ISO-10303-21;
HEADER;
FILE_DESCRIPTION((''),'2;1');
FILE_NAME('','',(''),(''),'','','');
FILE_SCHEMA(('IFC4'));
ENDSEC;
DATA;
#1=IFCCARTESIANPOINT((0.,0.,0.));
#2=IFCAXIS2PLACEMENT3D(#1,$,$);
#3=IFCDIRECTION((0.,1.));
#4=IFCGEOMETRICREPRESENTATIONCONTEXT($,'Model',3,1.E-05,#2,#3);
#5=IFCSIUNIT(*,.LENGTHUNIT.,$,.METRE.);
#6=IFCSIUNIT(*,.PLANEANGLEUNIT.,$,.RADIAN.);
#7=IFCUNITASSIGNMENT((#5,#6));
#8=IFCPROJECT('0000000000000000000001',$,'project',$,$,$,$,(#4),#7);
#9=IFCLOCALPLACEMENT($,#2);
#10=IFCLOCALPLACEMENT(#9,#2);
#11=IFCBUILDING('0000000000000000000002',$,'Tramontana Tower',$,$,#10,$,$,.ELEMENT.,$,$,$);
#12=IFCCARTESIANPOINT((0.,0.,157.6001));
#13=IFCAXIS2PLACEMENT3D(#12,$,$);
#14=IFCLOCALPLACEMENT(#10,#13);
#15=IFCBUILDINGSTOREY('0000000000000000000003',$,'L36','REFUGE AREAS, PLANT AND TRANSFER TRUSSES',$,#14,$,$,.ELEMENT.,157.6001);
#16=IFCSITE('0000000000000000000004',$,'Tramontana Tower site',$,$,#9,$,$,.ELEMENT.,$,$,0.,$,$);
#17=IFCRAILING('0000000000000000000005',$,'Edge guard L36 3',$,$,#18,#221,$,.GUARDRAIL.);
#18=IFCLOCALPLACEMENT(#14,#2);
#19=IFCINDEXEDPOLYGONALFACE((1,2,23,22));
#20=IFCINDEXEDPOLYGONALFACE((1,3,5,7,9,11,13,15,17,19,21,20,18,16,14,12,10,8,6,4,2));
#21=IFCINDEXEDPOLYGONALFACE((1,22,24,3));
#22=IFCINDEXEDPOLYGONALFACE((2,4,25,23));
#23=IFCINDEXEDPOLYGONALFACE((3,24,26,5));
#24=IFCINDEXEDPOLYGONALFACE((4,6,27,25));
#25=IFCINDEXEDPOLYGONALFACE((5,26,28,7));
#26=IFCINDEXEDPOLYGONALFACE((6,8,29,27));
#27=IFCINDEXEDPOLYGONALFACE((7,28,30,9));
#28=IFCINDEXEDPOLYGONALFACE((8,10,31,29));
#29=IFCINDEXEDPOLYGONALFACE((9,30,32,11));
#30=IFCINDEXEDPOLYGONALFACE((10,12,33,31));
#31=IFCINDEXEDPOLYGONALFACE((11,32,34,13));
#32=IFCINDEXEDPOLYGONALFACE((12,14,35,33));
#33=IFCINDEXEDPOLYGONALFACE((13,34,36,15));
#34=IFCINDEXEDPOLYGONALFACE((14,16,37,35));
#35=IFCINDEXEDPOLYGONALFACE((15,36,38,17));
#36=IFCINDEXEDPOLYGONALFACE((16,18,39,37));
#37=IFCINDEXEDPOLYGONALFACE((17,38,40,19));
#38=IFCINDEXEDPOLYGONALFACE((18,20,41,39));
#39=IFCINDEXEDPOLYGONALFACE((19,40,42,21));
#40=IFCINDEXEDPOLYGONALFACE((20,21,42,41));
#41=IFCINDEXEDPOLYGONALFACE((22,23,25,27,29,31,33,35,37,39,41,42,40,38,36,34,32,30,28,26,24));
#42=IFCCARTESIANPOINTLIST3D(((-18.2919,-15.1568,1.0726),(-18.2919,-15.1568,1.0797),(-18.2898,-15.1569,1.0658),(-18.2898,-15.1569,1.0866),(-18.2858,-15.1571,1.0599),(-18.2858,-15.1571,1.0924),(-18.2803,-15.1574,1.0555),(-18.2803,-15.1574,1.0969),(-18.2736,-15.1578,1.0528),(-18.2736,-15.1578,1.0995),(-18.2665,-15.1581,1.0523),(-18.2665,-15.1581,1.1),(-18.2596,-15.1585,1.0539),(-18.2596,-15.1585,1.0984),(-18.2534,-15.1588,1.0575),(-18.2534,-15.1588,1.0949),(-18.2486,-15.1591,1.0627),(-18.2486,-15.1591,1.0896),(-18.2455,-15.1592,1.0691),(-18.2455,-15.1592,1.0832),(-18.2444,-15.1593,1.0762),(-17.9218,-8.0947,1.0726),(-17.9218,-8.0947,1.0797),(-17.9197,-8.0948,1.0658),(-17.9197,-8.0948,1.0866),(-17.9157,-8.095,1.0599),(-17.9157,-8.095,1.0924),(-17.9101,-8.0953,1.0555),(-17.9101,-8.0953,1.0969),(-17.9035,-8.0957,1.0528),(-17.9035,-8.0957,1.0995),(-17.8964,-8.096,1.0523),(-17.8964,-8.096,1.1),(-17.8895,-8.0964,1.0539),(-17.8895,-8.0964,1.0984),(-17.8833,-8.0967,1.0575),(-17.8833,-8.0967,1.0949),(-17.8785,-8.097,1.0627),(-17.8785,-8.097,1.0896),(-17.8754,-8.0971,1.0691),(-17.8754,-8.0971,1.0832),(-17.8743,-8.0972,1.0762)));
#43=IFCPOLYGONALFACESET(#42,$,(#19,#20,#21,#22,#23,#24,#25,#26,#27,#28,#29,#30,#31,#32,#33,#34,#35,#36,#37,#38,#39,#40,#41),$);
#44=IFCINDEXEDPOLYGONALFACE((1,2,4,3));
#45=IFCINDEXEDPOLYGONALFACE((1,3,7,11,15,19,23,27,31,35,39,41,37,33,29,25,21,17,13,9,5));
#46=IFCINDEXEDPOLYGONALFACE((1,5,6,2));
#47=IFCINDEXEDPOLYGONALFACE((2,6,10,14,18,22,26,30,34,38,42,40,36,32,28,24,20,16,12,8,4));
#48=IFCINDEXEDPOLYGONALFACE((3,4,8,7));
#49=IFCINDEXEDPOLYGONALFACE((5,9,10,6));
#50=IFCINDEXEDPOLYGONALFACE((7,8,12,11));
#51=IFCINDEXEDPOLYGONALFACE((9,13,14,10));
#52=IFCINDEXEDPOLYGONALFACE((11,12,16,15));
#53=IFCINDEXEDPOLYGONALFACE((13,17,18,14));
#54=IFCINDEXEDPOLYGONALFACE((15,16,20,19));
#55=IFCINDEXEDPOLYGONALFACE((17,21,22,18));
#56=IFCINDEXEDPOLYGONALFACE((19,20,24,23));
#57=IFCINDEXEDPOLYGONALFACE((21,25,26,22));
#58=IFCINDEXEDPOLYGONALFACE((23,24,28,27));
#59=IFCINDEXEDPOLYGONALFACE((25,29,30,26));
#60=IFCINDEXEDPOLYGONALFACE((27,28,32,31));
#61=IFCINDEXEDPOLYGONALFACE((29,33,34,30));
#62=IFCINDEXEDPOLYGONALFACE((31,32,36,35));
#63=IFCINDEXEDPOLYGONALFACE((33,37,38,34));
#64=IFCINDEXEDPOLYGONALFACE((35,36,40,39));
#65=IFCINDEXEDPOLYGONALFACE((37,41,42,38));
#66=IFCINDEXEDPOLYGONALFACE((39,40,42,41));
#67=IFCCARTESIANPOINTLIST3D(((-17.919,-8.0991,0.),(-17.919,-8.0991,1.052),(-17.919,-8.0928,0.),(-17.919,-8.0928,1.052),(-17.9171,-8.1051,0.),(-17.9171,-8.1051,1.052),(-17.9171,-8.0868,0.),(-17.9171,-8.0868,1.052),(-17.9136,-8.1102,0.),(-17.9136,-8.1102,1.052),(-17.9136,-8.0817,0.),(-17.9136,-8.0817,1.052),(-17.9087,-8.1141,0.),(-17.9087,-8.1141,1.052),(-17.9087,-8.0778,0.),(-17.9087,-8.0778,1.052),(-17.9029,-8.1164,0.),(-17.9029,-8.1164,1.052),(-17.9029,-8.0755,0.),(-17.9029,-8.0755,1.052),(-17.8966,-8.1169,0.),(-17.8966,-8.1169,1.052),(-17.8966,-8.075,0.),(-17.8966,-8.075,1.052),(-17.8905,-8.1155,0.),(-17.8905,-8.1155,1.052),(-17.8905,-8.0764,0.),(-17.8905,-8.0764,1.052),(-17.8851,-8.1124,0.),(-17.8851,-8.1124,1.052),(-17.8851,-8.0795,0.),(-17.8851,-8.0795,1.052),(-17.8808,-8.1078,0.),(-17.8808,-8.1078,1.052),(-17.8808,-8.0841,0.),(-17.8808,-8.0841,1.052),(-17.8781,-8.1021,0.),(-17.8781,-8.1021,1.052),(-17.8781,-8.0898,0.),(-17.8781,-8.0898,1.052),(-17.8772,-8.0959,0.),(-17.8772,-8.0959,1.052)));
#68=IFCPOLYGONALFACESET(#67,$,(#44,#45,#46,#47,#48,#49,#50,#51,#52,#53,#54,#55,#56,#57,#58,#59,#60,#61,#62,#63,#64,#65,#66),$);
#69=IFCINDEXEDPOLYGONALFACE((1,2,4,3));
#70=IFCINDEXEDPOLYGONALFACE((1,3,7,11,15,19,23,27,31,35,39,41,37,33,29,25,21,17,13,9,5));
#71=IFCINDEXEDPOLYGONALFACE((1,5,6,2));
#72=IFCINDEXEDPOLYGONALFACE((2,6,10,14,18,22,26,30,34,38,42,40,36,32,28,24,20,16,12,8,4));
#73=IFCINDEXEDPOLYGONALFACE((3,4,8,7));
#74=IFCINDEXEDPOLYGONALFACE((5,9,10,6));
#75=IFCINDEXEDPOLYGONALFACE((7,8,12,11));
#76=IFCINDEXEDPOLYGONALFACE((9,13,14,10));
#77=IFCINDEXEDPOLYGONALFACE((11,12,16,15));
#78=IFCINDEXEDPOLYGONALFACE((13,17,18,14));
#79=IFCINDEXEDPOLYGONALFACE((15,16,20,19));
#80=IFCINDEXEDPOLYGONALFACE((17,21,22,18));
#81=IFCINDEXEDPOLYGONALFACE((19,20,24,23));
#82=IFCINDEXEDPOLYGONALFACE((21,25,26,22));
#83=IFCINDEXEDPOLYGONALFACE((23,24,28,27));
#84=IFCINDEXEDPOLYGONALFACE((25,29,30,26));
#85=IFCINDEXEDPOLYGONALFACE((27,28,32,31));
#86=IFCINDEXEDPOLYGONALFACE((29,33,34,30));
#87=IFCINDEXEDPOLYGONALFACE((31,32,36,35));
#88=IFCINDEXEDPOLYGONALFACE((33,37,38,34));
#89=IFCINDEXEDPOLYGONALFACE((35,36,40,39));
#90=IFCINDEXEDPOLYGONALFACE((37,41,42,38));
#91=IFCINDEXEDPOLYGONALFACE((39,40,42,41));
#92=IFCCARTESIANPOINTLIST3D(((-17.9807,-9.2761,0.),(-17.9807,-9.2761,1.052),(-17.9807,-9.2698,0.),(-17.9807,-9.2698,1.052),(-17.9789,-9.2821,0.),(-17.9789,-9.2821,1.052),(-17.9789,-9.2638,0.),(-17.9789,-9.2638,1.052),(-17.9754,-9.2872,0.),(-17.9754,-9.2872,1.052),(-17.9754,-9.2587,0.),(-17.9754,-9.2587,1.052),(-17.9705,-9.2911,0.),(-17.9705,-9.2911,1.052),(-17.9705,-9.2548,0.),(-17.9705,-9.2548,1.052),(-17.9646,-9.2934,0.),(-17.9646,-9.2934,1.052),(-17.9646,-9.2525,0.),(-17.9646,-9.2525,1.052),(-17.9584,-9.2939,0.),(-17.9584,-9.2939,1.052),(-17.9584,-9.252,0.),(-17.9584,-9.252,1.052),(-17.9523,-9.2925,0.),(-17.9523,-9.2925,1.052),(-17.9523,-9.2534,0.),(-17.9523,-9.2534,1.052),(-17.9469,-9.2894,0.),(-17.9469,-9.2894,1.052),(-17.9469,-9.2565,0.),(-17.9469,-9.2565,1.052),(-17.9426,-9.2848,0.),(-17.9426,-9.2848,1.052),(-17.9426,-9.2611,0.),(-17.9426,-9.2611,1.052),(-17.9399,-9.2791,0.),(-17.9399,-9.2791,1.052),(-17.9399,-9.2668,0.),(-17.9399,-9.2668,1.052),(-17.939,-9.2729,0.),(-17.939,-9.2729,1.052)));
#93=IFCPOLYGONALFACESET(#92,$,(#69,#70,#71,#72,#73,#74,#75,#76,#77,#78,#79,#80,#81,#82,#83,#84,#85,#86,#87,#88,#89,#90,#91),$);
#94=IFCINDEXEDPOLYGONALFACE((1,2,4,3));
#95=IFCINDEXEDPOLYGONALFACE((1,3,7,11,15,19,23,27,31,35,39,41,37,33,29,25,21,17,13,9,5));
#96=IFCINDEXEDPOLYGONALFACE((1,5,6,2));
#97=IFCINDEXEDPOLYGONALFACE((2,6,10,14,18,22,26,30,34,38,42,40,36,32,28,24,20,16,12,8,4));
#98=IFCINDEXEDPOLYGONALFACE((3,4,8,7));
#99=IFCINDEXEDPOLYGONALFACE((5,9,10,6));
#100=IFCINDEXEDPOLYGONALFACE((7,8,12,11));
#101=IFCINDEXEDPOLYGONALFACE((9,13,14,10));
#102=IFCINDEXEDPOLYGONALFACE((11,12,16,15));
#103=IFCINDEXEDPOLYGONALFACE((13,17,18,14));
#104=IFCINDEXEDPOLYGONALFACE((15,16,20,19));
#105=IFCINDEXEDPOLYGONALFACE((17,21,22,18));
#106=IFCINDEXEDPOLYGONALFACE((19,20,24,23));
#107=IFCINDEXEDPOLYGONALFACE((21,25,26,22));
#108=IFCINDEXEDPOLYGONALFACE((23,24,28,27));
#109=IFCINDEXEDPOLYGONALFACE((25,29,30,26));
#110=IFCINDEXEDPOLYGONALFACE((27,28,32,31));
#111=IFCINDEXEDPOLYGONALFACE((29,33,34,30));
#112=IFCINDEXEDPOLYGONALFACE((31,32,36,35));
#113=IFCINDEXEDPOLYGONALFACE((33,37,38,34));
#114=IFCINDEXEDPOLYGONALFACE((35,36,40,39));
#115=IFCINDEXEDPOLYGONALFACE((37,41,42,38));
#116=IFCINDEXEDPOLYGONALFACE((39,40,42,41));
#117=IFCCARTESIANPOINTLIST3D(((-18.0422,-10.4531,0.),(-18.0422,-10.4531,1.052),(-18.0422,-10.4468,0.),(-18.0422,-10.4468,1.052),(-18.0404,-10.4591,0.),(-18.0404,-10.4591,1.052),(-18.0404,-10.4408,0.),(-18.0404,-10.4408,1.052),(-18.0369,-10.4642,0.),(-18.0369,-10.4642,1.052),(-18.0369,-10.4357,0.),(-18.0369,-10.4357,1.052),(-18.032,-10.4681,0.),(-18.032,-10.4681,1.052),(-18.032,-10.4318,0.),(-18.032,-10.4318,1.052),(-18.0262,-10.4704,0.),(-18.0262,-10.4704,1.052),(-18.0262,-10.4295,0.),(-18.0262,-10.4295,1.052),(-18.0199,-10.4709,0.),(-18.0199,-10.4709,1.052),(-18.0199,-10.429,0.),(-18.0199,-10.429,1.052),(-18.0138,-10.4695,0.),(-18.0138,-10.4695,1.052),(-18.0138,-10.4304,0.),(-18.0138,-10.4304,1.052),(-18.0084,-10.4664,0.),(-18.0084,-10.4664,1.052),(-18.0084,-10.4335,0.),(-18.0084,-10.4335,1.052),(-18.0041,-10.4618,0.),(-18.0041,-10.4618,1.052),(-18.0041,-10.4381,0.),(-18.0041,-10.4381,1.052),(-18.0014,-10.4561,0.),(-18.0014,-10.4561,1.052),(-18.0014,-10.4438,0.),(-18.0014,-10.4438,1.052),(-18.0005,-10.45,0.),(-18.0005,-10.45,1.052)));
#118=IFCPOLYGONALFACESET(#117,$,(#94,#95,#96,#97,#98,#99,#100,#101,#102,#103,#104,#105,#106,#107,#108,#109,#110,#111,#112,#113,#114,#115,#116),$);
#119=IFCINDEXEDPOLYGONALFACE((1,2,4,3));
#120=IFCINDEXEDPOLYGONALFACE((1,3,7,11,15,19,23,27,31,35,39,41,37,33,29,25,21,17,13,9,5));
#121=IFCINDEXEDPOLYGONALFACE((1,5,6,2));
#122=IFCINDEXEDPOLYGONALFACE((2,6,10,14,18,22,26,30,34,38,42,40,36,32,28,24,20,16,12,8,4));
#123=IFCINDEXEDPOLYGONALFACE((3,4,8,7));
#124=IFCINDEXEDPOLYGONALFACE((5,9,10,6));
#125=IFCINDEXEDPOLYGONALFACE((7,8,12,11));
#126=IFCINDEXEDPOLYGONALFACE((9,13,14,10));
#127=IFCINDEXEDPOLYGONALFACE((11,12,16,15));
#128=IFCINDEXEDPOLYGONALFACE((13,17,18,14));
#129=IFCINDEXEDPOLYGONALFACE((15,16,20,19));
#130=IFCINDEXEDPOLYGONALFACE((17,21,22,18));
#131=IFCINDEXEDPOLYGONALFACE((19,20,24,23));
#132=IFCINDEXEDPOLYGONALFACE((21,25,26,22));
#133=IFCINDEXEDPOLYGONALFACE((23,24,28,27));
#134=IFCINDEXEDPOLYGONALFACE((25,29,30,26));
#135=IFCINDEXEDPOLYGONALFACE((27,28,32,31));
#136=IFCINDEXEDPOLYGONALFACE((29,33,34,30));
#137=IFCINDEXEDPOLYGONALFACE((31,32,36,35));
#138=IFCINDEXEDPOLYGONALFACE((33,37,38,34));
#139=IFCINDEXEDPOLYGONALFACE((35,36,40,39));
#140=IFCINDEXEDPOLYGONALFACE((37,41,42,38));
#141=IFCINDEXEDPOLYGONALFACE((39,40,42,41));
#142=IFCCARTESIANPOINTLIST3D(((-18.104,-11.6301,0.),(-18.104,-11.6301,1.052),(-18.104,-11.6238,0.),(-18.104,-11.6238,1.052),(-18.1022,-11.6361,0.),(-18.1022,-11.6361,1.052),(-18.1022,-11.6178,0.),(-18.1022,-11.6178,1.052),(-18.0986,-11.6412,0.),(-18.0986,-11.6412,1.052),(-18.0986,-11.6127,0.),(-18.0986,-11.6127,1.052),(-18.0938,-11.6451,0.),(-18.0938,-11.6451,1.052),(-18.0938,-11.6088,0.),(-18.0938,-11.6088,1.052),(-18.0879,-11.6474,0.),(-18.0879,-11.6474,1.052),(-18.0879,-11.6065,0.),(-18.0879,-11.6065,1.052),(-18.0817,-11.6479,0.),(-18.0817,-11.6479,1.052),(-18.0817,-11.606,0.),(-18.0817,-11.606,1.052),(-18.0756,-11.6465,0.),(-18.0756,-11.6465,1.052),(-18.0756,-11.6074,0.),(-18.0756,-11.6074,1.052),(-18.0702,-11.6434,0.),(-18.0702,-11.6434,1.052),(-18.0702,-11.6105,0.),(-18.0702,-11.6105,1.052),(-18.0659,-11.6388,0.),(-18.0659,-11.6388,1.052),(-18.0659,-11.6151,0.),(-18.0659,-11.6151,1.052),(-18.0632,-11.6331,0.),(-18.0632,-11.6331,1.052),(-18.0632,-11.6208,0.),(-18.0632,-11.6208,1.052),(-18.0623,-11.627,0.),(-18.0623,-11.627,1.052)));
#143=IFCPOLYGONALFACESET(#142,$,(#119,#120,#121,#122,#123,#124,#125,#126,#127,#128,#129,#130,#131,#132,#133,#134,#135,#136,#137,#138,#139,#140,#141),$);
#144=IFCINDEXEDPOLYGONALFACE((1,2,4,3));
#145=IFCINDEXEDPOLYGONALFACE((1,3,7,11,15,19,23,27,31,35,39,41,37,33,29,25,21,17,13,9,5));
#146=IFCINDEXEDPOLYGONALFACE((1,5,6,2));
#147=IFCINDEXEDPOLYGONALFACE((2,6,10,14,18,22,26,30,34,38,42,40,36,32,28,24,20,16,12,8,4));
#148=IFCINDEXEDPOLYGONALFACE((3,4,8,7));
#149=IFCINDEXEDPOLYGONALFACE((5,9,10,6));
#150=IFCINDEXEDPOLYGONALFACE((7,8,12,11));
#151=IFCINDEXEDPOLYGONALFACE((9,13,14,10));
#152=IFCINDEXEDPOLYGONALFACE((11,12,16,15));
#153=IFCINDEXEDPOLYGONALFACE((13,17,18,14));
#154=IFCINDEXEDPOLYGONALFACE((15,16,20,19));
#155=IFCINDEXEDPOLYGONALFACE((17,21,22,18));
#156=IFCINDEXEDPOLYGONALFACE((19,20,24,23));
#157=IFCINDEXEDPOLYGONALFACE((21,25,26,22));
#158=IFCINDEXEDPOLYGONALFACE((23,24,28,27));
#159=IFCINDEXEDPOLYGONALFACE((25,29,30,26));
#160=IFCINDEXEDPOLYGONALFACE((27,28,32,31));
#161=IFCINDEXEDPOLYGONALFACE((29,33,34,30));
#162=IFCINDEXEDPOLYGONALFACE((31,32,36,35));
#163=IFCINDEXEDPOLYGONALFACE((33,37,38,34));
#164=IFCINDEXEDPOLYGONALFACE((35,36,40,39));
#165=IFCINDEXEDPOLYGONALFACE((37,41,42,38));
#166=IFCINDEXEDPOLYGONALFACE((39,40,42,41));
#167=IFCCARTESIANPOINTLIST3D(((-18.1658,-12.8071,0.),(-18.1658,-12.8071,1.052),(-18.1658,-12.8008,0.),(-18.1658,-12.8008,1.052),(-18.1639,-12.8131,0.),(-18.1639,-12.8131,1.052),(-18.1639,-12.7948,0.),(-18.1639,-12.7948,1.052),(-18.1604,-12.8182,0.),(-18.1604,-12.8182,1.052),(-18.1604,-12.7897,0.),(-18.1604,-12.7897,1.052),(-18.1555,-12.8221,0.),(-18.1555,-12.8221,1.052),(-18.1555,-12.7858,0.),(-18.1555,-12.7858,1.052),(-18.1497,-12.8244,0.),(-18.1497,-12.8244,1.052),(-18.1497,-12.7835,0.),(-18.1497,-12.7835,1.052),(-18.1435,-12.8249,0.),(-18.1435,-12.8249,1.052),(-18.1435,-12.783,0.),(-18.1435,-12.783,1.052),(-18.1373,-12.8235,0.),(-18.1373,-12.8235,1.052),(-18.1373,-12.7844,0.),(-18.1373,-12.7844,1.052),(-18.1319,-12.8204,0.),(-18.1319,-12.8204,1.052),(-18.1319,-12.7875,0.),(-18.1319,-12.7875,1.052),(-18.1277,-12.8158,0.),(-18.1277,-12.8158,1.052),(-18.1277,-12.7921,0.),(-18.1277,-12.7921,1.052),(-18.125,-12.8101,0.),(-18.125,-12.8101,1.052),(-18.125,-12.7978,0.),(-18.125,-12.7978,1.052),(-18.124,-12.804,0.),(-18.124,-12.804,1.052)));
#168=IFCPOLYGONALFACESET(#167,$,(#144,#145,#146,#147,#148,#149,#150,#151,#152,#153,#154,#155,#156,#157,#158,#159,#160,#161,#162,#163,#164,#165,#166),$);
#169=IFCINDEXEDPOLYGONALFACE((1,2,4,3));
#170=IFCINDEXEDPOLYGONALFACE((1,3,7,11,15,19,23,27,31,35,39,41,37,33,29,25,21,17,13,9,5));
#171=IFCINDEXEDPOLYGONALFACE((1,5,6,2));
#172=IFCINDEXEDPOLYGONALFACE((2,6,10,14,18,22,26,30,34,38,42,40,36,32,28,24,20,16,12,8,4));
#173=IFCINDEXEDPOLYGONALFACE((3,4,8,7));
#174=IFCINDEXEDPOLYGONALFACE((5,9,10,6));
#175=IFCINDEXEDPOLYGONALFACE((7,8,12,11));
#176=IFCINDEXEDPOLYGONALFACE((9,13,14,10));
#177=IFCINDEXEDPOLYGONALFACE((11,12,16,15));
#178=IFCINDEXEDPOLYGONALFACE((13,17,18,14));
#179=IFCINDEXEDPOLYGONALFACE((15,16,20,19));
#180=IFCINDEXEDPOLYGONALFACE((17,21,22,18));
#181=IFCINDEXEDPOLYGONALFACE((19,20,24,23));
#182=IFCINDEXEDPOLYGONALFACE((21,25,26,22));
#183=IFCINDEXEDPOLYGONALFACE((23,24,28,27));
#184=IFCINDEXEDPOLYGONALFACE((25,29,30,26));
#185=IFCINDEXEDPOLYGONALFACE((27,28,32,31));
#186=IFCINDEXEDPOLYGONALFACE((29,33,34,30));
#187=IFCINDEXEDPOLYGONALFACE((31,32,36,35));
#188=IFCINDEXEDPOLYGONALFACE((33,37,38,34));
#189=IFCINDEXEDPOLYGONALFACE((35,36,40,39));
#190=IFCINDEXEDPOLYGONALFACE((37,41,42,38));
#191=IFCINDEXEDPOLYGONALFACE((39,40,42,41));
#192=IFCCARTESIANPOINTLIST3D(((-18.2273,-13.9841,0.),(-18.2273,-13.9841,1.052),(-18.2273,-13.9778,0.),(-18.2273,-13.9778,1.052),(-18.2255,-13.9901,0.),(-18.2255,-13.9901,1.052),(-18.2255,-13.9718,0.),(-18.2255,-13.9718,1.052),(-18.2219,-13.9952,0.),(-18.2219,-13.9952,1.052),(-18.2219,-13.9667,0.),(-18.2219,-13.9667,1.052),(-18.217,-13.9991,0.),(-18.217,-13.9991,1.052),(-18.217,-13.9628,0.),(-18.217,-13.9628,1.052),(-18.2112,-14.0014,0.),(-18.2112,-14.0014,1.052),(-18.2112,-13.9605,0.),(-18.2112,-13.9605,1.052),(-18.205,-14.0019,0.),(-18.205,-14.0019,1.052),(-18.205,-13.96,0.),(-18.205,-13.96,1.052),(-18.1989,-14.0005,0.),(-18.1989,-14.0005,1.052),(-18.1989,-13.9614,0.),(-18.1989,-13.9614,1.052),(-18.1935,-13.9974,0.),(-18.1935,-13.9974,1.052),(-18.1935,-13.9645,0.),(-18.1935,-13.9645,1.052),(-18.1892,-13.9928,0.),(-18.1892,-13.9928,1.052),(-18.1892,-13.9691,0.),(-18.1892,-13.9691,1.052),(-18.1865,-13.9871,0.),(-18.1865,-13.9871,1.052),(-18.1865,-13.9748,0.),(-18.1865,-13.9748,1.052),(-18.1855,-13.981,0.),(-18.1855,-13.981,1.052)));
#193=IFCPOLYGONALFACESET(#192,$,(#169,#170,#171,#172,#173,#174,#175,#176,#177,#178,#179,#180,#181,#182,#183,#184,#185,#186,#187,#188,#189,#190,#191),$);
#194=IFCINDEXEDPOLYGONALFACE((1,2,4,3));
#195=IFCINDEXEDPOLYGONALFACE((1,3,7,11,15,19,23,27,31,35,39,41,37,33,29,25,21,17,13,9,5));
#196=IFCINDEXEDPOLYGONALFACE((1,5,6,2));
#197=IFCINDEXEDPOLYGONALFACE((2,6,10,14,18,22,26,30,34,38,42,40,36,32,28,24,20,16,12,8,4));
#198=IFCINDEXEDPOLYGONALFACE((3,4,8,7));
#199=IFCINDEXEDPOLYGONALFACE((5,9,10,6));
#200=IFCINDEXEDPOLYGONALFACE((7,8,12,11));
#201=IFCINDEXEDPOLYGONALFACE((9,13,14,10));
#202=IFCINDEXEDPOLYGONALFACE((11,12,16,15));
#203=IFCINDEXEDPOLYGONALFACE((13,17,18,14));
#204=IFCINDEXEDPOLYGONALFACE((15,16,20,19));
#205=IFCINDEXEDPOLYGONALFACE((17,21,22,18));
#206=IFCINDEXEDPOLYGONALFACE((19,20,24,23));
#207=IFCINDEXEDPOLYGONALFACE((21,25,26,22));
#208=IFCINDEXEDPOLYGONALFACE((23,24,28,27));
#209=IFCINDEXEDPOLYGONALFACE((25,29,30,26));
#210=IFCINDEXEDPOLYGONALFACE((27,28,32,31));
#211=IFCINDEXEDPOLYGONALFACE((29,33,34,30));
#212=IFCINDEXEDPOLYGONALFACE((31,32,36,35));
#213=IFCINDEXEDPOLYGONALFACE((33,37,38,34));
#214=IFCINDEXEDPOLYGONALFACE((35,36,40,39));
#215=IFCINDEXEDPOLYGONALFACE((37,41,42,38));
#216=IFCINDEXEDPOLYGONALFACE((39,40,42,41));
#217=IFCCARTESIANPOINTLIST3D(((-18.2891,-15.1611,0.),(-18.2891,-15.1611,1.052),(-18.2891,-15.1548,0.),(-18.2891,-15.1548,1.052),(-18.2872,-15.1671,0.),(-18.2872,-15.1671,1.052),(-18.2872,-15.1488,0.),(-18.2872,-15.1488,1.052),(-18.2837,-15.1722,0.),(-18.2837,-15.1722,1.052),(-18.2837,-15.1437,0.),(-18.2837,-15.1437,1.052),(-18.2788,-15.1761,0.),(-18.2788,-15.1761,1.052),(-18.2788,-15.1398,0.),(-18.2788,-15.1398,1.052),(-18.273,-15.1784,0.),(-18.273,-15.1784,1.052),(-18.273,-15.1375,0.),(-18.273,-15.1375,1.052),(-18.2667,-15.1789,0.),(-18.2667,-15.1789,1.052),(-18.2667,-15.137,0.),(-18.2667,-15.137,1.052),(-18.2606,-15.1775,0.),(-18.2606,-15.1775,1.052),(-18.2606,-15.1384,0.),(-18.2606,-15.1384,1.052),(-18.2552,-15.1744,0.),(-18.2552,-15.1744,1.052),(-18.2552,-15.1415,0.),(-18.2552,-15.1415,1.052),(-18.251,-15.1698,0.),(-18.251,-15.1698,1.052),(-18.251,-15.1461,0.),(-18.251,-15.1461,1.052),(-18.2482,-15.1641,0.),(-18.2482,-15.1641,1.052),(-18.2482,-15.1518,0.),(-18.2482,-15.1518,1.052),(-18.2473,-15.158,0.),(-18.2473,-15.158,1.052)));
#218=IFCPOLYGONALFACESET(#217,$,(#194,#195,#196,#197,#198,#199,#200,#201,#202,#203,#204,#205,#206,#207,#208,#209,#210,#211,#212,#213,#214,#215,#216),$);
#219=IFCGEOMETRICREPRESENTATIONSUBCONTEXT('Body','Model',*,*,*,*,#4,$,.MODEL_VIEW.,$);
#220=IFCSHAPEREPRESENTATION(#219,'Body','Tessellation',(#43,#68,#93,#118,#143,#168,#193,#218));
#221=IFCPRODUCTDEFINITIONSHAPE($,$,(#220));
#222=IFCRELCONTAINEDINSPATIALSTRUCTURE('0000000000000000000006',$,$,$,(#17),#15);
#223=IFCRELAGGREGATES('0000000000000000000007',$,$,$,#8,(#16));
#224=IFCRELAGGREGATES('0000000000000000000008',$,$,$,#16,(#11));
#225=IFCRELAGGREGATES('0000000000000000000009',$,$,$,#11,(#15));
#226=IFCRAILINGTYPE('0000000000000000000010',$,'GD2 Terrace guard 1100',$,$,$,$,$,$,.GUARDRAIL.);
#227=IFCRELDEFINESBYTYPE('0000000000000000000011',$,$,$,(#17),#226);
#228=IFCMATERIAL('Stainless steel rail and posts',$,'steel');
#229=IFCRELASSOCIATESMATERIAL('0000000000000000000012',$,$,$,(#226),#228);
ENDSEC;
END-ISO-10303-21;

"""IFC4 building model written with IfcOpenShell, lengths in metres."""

from ifc_helpers import new_model, si_unit, direction, frame, origin, origin_2d, place, context, subcontext, project, spatial, circle, extrude, material, type_object, element, save


model = new_model("IFC4")

# Units and contexts
model_context = context("Model", 3, precision=1e-05, world=origin(), true_north=direction((0.0, 1.0)))
body_context = subcontext(model_context, "Body", "Model", "MODEL_VIEW")
ifc_project = project(units=[si_unit("LENGTHUNIT", "METRE"), si_unit("PLANEANGLEUNIT", "RADIAN")], contexts=[model_context])

# Site, building, storey
site_placement = place(None, origin())
site = spatial("IfcSite", under=ifc_project, at=site_placement, Name="Tramontana Tower site", CompositionType="ELEMENT", RefElevation=0.0)
building_placement = place(site_placement, origin())
building = spatial("IfcBuilding", under=site, at=building_placement, Name="Tramontana Tower", CompositionType="ELEMENT")
storey_placement = place(building_placement, frame((0.0, 0.0, 157.6001)))
storey = spatial("IfcBuildingStorey", under=building, at=storey_placement, Name="L36", Description="REFUGE AREAS, PLANT AND TRANSFER TRUSSES", CompositionType="ELEMENT", Elevation=157.6001)

# Railing
ifc_material_1 = material(Name="Stainless steel rail and posts", Category="steel")
railing_type = type_object("IfcRailingType", Name="GD2 Terrace guard 1100", PredefinedType="GUARDRAIL", material=ifc_material_1)
railing_placement = place(storey_placement, frame((-17.8982, -8.0959, 0.0)))
element("IfcRailing", 1, at=railing_placement, inside=storey, type_object=railing_type, Name="Edge guard L36 3", PredefinedType="GUARDRAIL", context=body_context, shape_type="SweptSolid", body=[
    extrude(circle(Radius=0.0239, at=origin_2d()), frame((0.0, 0.0, 1.0762), z_axis=(-0.052338, -0.998629, 0.0), x_axis=(0.998629, -0.052338, 0.0)), (0.0, 0.0, 1.0), 7.0718),
    extrude(circle(Radius=0.021, at=origin_2d()), origin(), (0.0, 0.0, 1.0), 1.052),
    extrude(circle(Radius=0.021, at=origin_2d()), frame((-0.0618, -1.177, 0.0)), (0.0, 0.0, 1.0), 1.052),
    extrude(circle(Radius=0.021, at=origin_2d()), frame((-0.1233, -2.354, 0.0)), (0.0, 0.0, 1.0), 1.052),
    extrude(circle(Radius=0.021, at=origin_2d()), frame((-0.1851, -3.531, 0.0)), (0.0, 0.0, 1.0), 1.052),
    extrude(circle(Radius=0.021, at=origin_2d()), frame((-0.2468, -4.708, 0.0)), (0.0, 0.0, 1.0), 1.052),
    extrude(circle(Radius=0.021, at=origin_2d()), frame((-0.3083, -5.885, 0.0)), (0.0, 0.0, 1.0), 1.052),
    extrude(circle(Radius=0.021, at=origin_2d()), frame((-0.3701, -7.062, 0.0)), (0.0, 0.0, 1.0), 1.052),
])

save(model, "model.ifc")
